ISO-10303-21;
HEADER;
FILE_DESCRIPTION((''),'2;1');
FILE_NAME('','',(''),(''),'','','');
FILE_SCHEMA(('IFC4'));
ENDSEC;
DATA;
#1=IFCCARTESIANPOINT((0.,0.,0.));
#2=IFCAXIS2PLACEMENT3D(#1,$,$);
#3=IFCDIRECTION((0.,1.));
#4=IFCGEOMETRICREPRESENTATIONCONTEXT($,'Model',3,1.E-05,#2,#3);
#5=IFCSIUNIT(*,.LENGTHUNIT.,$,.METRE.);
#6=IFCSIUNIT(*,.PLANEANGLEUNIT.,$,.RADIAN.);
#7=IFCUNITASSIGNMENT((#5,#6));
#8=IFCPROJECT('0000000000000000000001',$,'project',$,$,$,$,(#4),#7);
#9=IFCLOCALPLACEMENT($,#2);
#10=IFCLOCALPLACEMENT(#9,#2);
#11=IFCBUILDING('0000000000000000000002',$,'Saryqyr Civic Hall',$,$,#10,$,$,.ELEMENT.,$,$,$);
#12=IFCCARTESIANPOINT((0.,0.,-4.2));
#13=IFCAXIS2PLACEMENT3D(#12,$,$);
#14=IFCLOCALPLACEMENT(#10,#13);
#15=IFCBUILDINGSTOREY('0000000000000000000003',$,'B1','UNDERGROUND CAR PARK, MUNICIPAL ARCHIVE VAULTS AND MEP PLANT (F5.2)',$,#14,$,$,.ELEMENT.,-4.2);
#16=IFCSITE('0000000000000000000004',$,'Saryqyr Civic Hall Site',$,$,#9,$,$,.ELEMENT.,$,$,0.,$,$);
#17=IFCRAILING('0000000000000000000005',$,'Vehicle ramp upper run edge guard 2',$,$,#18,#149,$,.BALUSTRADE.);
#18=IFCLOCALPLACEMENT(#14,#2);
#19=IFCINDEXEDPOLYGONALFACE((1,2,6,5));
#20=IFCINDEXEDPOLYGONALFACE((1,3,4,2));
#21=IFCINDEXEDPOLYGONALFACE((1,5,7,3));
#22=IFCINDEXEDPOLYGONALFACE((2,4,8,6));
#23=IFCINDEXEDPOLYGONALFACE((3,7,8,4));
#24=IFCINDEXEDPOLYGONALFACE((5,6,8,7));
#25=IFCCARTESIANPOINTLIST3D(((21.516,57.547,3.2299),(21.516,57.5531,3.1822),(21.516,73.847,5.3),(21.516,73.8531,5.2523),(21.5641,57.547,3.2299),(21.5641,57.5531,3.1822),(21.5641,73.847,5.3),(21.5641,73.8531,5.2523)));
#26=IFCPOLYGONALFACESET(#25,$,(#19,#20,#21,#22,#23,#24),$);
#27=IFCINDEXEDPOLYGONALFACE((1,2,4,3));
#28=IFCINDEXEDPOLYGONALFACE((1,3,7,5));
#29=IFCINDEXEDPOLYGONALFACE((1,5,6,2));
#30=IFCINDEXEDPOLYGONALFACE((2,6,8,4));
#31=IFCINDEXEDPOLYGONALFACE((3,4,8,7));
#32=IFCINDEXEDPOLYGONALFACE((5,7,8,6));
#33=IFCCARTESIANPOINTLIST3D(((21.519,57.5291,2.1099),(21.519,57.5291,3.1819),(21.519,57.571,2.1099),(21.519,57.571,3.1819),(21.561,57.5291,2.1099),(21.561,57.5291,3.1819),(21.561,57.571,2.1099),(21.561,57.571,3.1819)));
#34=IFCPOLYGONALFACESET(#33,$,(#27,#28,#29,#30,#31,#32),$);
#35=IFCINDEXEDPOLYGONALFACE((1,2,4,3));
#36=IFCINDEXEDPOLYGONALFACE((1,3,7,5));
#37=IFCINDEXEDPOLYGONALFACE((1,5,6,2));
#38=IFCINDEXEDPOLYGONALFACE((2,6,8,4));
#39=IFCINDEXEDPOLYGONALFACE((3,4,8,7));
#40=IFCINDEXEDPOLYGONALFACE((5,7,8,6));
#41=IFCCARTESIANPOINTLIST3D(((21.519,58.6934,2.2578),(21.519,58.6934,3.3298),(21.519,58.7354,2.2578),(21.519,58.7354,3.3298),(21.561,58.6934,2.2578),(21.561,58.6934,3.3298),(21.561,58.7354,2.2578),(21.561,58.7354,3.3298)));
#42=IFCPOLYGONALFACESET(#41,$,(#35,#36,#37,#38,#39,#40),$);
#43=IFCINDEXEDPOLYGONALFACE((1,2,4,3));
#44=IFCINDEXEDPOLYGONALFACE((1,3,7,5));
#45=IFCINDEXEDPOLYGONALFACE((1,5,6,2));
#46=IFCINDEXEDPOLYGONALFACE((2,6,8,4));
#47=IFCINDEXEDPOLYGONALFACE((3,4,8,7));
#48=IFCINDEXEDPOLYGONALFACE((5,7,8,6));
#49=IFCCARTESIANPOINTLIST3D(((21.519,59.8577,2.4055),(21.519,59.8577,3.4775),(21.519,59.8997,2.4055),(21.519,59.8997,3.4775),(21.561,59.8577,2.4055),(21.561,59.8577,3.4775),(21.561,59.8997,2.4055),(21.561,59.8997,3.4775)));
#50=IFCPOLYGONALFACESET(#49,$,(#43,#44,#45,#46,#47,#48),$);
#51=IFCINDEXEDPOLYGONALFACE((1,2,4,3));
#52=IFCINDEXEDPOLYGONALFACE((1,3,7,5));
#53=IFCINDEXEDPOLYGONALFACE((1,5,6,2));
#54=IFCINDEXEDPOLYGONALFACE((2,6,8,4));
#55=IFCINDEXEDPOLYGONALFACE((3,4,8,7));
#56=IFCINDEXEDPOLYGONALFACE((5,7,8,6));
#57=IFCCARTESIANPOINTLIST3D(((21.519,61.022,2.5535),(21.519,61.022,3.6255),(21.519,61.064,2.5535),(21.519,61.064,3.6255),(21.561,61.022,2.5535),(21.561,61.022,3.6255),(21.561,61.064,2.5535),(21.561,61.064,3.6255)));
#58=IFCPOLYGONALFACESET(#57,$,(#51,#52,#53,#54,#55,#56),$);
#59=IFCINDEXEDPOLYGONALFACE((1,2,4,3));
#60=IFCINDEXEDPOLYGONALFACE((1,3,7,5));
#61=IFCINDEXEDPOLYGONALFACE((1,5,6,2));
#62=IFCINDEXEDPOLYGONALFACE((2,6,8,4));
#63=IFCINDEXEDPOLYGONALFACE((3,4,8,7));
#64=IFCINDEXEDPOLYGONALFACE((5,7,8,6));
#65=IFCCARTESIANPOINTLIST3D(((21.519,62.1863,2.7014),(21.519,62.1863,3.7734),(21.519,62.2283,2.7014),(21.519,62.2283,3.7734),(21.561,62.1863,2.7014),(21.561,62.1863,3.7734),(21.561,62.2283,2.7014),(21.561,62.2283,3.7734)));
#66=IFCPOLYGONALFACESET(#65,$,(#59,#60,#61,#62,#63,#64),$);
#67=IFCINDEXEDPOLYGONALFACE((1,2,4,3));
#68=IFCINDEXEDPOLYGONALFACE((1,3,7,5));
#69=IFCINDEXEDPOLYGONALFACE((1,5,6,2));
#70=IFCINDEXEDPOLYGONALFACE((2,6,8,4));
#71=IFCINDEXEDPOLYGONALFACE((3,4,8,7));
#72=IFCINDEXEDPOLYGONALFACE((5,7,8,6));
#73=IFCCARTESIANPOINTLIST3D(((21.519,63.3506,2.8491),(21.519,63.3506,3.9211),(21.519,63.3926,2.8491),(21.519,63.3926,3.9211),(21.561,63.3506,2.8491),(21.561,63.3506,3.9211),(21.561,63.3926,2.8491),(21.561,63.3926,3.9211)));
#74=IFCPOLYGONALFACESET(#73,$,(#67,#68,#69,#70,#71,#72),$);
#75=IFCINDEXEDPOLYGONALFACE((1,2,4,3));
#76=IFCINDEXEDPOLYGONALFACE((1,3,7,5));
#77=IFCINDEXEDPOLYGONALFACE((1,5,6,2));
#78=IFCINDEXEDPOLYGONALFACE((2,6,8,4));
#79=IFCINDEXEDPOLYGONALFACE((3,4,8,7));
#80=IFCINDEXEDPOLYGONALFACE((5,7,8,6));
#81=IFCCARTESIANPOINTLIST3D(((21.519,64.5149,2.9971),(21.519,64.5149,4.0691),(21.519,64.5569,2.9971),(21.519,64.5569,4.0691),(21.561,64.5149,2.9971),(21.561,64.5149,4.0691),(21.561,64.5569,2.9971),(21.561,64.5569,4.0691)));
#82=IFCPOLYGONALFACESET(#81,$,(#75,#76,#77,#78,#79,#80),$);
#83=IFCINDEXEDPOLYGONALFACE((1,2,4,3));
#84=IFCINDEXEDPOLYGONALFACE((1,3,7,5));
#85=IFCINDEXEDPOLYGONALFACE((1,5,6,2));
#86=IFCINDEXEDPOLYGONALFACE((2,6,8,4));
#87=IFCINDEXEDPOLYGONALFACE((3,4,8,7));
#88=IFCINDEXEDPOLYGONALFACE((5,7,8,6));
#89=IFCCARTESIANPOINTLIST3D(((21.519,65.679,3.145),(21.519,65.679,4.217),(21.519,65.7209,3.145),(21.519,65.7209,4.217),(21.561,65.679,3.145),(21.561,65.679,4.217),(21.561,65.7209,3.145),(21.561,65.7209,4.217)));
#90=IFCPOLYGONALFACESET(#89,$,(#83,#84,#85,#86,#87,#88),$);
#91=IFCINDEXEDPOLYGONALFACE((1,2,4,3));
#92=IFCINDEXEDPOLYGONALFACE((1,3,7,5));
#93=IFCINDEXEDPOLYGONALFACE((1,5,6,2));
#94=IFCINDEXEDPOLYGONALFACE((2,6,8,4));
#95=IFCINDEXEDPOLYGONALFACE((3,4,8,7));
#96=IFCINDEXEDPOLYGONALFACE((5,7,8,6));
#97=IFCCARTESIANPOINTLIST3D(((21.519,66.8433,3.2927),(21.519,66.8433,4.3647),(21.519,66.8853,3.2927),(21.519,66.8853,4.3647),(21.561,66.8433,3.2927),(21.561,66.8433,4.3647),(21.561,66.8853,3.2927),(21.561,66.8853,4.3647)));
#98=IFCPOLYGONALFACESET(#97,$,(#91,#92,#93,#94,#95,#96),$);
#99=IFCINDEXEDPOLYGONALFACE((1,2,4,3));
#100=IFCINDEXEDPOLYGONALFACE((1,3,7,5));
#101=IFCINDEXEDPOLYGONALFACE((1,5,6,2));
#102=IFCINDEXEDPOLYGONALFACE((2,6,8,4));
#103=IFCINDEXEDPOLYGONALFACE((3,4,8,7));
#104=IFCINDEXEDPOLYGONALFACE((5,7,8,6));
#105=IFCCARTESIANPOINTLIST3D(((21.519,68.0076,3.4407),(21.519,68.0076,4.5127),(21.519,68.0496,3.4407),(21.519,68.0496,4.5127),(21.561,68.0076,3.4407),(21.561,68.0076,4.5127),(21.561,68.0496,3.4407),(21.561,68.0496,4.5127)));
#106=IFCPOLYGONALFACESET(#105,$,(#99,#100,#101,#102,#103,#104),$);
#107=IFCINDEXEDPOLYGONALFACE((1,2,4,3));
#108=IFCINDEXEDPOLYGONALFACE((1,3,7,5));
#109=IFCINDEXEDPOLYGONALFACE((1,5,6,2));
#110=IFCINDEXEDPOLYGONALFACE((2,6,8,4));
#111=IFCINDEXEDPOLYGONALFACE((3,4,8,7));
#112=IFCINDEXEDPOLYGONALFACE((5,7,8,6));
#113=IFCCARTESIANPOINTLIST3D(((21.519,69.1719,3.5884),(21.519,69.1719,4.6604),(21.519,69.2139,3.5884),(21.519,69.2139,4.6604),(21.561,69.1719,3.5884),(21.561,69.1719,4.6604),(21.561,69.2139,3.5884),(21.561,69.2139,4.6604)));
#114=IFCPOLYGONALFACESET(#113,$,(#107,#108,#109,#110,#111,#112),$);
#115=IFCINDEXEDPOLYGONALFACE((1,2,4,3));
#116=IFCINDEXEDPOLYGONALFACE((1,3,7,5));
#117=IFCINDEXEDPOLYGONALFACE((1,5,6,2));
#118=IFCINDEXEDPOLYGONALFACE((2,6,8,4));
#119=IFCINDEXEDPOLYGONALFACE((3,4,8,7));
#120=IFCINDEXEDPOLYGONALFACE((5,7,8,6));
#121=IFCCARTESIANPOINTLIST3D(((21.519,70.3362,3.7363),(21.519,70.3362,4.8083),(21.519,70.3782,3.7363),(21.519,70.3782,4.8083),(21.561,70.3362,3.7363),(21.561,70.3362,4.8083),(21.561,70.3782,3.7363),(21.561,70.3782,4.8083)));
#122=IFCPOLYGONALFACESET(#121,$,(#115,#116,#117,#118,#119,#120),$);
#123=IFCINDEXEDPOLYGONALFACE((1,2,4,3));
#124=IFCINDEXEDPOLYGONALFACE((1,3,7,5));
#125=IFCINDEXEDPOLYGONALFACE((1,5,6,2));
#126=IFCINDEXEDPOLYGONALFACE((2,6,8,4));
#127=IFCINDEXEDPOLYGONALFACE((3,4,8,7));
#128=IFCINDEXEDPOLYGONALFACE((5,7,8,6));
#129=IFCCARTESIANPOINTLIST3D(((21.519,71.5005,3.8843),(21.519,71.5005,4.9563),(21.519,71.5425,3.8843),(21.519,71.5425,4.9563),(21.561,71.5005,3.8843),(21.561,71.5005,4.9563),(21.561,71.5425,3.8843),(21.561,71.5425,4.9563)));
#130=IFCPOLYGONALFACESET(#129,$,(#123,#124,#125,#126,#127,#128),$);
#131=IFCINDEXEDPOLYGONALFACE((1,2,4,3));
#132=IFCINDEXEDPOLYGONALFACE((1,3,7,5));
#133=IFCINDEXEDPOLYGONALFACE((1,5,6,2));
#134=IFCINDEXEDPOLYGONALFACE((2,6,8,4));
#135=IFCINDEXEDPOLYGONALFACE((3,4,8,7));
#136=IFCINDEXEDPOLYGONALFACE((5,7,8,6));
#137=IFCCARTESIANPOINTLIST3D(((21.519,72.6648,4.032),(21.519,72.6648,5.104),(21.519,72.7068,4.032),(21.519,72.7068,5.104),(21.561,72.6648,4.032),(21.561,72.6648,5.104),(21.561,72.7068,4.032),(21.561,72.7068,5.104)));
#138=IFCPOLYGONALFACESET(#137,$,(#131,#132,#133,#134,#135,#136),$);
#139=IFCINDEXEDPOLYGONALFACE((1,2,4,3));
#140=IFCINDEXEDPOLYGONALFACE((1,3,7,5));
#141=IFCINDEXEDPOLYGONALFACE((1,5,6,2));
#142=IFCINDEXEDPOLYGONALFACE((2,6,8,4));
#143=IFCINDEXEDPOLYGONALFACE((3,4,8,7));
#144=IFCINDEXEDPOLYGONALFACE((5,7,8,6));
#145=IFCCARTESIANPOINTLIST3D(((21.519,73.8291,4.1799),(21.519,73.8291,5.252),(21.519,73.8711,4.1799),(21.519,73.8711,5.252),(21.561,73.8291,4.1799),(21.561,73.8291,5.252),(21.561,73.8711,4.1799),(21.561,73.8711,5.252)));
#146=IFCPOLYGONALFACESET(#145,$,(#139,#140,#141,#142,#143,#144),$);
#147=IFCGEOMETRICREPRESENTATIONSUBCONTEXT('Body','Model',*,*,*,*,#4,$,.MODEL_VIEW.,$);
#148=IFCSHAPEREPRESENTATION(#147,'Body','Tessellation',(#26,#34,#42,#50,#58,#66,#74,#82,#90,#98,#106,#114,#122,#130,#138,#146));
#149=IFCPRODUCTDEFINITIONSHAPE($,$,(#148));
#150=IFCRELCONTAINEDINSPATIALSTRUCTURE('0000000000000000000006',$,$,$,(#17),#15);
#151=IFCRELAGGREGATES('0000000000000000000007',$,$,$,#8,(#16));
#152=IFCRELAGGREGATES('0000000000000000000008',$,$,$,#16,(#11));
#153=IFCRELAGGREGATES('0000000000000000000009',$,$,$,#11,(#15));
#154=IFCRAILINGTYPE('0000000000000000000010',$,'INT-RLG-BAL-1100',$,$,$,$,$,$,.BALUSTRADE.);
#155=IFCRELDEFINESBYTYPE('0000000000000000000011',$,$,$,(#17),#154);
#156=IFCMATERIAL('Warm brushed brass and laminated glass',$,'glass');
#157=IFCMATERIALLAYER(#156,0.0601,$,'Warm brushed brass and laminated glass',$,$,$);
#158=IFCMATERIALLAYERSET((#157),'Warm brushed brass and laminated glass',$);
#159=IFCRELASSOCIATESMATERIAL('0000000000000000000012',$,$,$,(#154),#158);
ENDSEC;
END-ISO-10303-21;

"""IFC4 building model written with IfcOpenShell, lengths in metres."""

from ifc_helpers import new_model, si_unit, direction, frame, origin, origin_2d, place, context, subcontext, project, spatial, rectangle, extrude, material, layer, layer_set, type_object, element, save


model = new_model("IFC4")

# Units and contexts
model_context = context("Model", 3, precision=1e-05, world=origin(), true_north=direction((0.0, 1.0)))
body_context = subcontext(model_context, "Body", "Model", "MODEL_VIEW")
ifc_project = project(units=[si_unit("LENGTHUNIT", "METRE"), si_unit("PLANEANGLEUNIT", "RADIAN")], contexts=[model_context])

# Site, building, storey
site_placement = place(None, origin())
site = spatial("IfcSite", under=ifc_project, at=site_placement, Name="Saryqyr Civic Hall Site", CompositionType="ELEMENT", RefElevation=0.0)
building_placement = place(site_placement, origin())
building = spatial("IfcBuilding", under=site, at=building_placement, Name="Saryqyr Civic Hall", CompositionType="ELEMENT")
storey_placement = place(building_placement, frame((0.0, 0.0, -4.2)))
storey = spatial("IfcBuildingStorey", under=building, at=storey_placement, Name="B1", Description="UNDERGROUND CAR PARK, MUNICIPAL ARCHIVE VAULTS AND MEP PLANT (F5.2)", CompositionType="ELEMENT", Elevation=-4.2)

# Railing
ifc_material_1 = material(Name="Warm brushed brass and laminated glass", Category="glass")
ifc_layer = layer(ifc_material_1, 0.0601, Name="Warm brushed brass and laminated glass")
ifc_layer_set = layer_set([ifc_layer], Name="Warm brushed brass and laminated glass")
railing_type = type_object("IfcRailingType", Name="INT-RLG-BAL-1100", PredefinedType="BALUSTRADE", material=ifc_layer_set)
railing_1_placement = place(storey_placement, frame((21.54, 57.55, 2.1099)))
element("IfcRailing", 1, at=railing_1_placement, inside=storey, type_object=railing_type, Name="Vehicle ramp upper run edge guard 2", PredefinedType="BALUSTRADE", context=body_context, shape_type="SweptSolid", body=[
    extrude(rectangle(XDim=0.0481, YDim=0.0481, at=origin_2d()), frame((0.0, 0.0, 1.0962), z_axis=(0.0, 0.992032, 0.125986), x_axis=(-1.0, 0.0, 0.0)), (0.0, 0.0, 1.0), 16.4309),
    extrude(rectangle(XDim=0.042, YDim=0.042, at=origin_2d()), origin(), (0.0, 0.0, 1.0), 1.072),
    extrude(rectangle(XDim=0.042, YDim=0.042, at=origin_2d()), frame((0.0, 1.1643, 0.1479)), (0.0, 0.0, 1.0), 1.072),
    extrude(rectangle(XDim=0.042, YDim=0.042, at=origin_2d()), frame((0.0, 2.3286, 0.2957)), (0.0, 0.0, 1.0), 1.072),
    extrude(rectangle(XDim=0.042, YDim=0.042, at=origin_2d()), frame((0.0, 3.4929, 0.4436)), (0.0, 0.0, 1.0), 1.072),
    extrude(rectangle(XDim=0.042, YDim=0.042, at=origin_2d()), frame((0.0, 4.6572, 0.5916)), (0.0, 0.0, 1.0), 1.072),
    extrude(rectangle(XDim=0.042, YDim=0.042, at=origin_2d()), frame((0.0, 5.8215, 0.7393)), (0.0, 0.0, 1.0), 1.072),
    extrude(rectangle(XDim=0.042, YDim=0.042, at=origin_2d()), frame((0.0, 6.9858, 0.8872)), (0.0, 0.0, 1.0), 1.072),
    extrude(rectangle(XDim=0.042, YDim=0.042, at=origin_2d()), frame((0.0, 8.1499, 1.0352)), (0.0, 0.0, 1.0), 1.072),
    extrude(rectangle(XDim=0.042, YDim=0.042, at=origin_2d()), frame((0.0, 9.3142, 1.1829)), (0.0, 0.0, 1.0), 1.072),
    extrude(rectangle(XDim=0.042, YDim=0.042, at=origin_2d()), frame((0.0, 10.4785, 1.3308)), (0.0, 0.0, 1.0), 1.072),
    extrude(rectangle(XDim=0.042, YDim=0.042, at=origin_2d()), frame((0.0, 11.6428, 1.4785)), (0.0, 0.0, 1.0), 1.072),
    extrude(rectangle(XDim=0.042, YDim=0.042, at=origin_2d()), frame((0.0, 12.8071, 1.6265)), (0.0, 0.0, 1.0), 1.072),
    extrude(rectangle(XDim=0.042, YDim=0.042, at=origin_2d()), frame((0.0, 13.9714, 1.7744)), (0.0, 0.0, 1.0), 1.072),
    extrude(rectangle(XDim=0.042, YDim=0.042, at=origin_2d()), frame((0.0, 15.1357, 1.9221)), (0.0, 0.0, 1.0), 1.072),
    extrude(rectangle(XDim=0.042, YDim=0.042, at=origin_2d()), frame((0.0, 16.3, 2.0701)), (0.0, 0.0, 1.0), 1.072),
])

save(model, "model.ifc")
